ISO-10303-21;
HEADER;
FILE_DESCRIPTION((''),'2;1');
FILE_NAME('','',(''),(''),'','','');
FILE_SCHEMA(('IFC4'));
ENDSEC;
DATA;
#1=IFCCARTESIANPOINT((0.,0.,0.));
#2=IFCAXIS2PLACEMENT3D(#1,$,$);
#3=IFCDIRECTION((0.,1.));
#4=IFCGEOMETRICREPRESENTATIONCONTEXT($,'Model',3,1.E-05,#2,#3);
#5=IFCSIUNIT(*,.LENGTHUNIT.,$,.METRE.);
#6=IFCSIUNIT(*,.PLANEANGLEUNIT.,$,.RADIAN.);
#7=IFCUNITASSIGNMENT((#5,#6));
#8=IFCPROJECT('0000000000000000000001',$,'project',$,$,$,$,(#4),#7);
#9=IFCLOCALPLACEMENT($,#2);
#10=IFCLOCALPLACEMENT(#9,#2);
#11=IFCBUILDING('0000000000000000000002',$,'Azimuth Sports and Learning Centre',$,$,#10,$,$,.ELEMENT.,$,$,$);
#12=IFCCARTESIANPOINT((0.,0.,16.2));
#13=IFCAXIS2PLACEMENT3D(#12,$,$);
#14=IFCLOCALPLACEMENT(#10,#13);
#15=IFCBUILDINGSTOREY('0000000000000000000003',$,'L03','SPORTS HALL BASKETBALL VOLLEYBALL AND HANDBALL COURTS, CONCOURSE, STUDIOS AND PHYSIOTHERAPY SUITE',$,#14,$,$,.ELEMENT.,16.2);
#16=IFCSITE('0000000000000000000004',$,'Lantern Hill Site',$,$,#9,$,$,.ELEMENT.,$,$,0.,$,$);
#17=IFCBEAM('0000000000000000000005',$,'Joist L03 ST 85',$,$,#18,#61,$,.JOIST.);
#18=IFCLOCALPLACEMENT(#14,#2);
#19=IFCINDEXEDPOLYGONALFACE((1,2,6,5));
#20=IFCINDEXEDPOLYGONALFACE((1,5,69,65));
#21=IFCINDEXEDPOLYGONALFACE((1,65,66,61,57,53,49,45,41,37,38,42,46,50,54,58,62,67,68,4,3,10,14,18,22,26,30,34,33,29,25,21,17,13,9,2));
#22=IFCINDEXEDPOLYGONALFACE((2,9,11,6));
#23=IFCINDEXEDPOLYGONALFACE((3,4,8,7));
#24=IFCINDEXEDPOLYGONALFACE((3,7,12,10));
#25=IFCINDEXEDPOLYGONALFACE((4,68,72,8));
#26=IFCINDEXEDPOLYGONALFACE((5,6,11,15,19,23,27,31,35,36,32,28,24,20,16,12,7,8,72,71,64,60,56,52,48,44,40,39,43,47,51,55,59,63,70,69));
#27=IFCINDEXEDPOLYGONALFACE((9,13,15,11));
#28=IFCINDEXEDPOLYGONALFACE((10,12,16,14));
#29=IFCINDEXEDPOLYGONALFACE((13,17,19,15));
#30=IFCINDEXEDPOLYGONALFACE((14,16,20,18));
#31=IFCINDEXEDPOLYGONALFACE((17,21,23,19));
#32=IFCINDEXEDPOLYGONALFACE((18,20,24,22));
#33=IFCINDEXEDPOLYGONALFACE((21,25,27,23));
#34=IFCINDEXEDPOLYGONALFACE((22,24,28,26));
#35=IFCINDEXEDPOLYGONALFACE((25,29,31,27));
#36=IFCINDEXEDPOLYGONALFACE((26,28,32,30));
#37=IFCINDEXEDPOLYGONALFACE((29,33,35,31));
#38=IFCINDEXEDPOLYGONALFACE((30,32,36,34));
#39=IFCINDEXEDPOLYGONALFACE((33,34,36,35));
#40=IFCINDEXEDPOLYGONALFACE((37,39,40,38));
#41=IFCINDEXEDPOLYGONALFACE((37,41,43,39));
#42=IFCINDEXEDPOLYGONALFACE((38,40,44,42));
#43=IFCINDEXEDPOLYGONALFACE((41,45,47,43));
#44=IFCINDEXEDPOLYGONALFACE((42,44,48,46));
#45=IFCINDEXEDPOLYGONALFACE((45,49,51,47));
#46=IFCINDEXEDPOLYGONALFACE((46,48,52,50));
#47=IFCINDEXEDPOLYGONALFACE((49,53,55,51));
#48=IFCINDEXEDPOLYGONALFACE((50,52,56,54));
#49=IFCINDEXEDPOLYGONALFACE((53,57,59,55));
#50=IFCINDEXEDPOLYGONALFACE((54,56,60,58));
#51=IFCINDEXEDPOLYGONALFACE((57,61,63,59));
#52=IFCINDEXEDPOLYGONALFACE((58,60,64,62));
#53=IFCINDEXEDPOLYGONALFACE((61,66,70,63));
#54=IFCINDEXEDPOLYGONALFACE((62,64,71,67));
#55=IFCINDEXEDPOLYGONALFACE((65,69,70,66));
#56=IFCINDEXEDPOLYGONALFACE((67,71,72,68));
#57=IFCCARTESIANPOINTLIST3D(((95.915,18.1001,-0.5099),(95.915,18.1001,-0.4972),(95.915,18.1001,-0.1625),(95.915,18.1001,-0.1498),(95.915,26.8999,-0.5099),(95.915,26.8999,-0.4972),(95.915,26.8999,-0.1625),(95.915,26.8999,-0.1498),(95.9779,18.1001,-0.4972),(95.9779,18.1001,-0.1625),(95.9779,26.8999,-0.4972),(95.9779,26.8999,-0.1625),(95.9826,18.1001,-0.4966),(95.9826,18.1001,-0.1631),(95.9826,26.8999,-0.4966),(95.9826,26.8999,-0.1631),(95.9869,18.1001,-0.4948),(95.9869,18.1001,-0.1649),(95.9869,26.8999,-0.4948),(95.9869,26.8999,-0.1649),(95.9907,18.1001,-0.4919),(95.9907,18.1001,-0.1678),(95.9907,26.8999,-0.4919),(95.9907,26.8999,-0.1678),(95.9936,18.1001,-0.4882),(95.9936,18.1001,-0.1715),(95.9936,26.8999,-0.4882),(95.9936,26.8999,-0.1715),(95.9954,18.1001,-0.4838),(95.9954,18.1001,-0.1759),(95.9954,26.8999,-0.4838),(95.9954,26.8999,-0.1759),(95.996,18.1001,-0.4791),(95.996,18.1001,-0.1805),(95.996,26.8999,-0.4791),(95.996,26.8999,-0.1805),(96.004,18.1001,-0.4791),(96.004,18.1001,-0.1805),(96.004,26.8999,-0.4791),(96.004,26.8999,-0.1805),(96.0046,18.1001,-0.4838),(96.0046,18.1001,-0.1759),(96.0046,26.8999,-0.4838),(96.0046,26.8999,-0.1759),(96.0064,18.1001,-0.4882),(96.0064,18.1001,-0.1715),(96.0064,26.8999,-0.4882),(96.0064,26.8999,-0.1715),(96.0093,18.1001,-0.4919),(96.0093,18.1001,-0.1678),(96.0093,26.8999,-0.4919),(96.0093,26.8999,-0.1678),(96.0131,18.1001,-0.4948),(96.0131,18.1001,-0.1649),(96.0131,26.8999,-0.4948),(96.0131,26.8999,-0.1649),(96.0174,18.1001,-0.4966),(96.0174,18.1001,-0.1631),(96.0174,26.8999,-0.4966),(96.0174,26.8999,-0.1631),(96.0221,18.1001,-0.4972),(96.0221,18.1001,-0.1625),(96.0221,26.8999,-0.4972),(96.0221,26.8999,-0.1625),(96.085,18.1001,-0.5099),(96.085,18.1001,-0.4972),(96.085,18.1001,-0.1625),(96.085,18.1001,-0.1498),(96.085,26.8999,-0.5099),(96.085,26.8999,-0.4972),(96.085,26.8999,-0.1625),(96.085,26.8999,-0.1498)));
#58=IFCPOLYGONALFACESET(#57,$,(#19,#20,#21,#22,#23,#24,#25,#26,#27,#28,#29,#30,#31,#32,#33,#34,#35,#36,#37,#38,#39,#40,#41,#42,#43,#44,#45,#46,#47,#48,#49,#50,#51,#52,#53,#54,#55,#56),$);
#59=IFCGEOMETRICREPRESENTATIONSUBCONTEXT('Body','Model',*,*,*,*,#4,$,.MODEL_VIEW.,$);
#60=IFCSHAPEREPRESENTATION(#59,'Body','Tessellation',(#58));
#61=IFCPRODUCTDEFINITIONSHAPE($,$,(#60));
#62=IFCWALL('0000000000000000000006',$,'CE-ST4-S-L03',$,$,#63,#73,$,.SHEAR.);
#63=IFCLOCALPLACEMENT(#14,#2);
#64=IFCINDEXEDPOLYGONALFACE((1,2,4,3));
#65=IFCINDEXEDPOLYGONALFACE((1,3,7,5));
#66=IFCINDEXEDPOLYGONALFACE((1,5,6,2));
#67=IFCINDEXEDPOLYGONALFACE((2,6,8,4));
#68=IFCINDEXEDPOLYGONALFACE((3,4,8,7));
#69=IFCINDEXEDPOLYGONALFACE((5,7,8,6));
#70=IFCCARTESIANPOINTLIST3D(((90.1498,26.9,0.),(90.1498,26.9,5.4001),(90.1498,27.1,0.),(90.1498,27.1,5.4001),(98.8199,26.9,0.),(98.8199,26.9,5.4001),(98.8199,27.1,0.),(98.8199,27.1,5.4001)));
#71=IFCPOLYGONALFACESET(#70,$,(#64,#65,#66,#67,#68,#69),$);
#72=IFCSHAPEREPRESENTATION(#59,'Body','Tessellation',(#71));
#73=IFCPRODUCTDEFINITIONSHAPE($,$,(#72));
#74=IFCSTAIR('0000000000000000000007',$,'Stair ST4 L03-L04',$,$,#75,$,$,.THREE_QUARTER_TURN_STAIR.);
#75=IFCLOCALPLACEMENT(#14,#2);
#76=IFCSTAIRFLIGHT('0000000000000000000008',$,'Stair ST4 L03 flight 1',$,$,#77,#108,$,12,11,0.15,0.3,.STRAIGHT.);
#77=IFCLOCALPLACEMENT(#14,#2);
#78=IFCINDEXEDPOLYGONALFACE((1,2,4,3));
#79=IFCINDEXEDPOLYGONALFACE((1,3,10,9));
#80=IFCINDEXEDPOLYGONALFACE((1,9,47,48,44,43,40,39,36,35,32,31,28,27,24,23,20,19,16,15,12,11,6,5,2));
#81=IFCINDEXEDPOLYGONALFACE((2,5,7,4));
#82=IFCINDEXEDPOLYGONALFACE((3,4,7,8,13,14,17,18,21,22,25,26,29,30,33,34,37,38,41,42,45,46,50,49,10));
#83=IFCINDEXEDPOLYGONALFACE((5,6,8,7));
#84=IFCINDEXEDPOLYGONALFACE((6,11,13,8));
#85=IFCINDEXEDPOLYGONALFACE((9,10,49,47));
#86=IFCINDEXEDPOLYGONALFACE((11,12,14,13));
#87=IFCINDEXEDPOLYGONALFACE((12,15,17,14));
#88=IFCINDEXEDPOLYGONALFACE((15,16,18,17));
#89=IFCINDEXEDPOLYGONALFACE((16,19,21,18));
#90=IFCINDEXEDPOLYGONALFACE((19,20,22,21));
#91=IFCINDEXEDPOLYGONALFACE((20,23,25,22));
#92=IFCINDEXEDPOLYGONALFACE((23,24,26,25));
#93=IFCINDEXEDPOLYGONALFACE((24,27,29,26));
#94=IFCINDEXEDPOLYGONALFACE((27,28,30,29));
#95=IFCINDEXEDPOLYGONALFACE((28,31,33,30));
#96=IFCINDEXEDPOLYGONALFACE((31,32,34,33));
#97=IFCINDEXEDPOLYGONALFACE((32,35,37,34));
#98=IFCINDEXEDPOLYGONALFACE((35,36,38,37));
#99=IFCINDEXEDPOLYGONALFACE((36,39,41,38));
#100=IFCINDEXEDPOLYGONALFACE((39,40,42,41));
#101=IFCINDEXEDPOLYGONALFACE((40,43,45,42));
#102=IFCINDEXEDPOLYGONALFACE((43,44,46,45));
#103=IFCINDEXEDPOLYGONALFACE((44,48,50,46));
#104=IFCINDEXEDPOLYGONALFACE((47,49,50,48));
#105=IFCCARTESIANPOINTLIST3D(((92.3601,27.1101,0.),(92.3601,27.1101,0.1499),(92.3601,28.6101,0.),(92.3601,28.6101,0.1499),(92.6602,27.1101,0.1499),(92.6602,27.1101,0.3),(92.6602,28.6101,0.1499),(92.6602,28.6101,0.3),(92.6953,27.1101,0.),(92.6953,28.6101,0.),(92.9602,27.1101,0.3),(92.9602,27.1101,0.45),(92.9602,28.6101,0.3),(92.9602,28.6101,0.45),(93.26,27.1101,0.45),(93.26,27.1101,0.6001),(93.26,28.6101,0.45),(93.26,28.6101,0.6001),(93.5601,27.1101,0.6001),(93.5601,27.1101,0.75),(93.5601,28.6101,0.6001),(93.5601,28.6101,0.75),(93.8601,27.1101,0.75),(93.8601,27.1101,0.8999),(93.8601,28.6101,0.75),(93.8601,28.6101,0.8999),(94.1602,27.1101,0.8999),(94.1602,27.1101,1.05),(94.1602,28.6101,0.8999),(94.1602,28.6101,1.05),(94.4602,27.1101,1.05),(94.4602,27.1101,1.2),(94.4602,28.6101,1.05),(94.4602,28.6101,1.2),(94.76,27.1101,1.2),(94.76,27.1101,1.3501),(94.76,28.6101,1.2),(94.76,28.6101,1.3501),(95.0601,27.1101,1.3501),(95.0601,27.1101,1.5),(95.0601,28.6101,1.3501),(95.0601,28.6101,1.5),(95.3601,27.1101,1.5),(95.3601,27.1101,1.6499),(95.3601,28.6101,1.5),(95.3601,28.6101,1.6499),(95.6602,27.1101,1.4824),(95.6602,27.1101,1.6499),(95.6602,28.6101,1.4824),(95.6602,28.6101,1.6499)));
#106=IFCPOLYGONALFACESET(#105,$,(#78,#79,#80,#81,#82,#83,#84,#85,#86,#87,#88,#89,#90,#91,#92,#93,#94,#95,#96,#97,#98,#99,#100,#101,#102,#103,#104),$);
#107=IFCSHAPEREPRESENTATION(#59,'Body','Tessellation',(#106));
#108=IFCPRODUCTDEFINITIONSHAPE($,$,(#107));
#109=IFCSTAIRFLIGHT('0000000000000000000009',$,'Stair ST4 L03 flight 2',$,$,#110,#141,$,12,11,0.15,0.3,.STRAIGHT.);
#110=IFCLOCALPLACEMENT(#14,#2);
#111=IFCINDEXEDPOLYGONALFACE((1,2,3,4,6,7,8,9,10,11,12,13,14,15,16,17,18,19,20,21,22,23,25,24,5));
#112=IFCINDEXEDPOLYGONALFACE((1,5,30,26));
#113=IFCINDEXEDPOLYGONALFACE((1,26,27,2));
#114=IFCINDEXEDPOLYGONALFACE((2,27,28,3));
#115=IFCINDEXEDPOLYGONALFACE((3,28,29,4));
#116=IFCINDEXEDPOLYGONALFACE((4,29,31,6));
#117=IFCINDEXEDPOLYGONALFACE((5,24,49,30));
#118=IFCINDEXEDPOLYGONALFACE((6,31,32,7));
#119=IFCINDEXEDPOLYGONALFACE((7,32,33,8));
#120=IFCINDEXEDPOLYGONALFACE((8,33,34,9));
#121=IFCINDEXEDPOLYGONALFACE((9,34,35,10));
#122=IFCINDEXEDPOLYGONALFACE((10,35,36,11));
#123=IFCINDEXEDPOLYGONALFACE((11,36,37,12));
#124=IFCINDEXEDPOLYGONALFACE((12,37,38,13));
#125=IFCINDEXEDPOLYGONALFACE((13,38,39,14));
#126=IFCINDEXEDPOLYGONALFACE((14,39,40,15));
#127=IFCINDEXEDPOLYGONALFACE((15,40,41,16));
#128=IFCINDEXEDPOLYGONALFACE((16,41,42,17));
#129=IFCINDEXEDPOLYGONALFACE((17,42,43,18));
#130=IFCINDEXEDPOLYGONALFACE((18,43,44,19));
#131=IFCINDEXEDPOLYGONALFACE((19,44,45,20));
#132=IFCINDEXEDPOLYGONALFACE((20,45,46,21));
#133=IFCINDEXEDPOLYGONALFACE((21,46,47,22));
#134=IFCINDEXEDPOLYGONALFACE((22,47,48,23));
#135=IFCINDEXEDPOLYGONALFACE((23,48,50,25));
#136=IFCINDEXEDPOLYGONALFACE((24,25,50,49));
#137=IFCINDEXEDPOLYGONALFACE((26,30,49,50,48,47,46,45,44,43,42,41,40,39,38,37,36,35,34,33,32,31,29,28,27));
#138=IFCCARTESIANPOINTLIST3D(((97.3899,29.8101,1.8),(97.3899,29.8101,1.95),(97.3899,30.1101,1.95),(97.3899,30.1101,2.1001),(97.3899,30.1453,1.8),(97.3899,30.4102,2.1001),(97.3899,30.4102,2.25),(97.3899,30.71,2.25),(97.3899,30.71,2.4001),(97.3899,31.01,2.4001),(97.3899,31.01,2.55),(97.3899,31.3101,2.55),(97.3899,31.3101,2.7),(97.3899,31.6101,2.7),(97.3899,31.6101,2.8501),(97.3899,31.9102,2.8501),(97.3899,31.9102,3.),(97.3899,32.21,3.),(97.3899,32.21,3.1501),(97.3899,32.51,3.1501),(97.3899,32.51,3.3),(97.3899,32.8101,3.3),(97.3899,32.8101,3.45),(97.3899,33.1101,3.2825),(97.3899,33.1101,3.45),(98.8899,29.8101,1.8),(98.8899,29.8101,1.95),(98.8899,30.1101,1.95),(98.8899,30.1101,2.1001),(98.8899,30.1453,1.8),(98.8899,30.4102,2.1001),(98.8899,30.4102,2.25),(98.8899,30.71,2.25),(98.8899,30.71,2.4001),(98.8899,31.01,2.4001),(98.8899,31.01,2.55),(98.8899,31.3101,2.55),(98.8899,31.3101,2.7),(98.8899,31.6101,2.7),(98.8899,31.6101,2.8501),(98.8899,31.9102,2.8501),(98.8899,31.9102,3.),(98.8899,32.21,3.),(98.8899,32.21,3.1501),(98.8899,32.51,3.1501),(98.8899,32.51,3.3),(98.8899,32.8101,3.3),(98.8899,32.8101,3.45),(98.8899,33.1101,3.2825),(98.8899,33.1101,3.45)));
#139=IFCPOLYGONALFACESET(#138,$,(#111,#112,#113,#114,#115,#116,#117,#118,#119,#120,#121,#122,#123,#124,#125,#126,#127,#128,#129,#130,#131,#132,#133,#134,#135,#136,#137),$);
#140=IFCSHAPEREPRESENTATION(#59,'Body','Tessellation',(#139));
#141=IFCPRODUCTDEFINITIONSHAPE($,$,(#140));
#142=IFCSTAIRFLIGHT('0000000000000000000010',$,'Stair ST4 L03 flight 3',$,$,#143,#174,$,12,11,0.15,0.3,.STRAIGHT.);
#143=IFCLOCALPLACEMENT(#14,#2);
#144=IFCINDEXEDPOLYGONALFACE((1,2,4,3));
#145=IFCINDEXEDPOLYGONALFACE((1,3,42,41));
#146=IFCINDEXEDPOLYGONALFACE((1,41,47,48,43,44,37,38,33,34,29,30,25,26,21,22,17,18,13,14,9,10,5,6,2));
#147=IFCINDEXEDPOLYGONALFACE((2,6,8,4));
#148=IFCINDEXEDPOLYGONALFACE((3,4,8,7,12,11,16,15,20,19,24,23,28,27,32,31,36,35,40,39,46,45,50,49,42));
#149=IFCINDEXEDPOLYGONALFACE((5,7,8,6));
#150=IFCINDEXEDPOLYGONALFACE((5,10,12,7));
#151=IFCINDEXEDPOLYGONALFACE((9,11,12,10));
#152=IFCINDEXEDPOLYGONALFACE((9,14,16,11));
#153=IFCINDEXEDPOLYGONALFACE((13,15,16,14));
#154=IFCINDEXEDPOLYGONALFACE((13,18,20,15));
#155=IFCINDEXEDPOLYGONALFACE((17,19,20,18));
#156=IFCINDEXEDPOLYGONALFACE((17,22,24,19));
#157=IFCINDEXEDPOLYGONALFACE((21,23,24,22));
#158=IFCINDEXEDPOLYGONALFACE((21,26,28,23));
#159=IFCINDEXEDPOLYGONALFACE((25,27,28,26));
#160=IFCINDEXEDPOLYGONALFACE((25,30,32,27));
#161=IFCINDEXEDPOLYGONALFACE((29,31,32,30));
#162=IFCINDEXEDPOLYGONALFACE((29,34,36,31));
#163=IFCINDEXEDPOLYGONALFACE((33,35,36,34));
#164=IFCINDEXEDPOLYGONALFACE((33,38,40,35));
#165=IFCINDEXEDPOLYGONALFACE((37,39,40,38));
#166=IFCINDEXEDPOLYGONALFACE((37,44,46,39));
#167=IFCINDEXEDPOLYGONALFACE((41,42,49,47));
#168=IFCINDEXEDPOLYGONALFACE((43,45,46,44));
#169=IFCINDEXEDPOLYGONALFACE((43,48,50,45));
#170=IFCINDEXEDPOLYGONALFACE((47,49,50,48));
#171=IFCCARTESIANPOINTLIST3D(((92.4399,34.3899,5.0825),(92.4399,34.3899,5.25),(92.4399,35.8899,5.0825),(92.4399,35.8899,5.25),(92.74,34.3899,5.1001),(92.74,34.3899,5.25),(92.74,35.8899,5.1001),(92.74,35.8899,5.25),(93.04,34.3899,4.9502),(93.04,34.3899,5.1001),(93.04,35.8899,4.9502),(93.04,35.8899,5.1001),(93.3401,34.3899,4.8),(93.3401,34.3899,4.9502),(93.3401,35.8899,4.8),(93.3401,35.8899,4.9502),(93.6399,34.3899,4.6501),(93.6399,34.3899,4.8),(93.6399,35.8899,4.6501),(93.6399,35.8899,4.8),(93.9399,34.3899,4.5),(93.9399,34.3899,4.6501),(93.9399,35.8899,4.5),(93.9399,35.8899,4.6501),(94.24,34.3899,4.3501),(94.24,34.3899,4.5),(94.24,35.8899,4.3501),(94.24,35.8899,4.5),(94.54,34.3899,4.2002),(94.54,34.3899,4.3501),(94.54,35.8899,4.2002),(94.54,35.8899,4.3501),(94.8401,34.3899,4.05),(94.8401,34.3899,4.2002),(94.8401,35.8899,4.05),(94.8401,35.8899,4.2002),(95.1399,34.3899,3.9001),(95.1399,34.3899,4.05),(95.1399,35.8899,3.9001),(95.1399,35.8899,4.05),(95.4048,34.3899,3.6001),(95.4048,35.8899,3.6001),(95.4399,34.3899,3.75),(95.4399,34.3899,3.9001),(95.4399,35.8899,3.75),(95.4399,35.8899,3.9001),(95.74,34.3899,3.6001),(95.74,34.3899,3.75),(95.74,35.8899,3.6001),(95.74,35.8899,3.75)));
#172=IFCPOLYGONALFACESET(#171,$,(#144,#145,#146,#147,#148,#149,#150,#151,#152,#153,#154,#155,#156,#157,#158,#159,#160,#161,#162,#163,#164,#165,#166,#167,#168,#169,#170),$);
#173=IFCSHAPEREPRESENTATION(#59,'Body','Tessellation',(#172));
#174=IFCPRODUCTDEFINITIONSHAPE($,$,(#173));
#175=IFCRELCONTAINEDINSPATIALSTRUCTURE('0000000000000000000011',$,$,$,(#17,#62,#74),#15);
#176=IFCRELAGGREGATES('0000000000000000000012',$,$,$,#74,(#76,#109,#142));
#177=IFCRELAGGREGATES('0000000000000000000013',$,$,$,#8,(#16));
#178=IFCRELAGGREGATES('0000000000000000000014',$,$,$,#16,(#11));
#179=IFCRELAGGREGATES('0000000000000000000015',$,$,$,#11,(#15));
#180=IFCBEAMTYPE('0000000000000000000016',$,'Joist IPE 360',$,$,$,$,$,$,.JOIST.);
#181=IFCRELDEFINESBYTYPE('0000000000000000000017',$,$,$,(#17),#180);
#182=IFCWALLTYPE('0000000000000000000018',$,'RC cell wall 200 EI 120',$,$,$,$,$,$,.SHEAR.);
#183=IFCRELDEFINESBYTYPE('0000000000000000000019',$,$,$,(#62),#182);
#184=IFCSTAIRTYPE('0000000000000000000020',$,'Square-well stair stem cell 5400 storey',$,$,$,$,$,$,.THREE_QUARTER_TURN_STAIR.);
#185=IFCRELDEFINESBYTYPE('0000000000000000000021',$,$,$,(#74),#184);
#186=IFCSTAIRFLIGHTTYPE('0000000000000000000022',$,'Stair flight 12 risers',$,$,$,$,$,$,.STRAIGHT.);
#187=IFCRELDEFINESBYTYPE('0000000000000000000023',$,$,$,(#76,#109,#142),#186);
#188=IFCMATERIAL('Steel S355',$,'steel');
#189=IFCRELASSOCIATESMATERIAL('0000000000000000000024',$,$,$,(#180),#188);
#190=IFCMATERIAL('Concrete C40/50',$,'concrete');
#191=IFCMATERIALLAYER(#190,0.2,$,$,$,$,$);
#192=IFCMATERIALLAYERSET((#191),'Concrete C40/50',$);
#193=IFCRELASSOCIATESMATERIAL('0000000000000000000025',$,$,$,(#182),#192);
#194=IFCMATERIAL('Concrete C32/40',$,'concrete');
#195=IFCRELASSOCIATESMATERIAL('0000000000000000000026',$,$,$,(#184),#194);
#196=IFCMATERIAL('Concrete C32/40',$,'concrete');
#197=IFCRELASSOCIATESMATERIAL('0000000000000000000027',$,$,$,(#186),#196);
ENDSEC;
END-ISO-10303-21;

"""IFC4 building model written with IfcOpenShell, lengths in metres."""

from ifc_helpers import new_model, si_unit, direction, frame, frame_2d, origin, origin_2d, place, context, subcontext, project, spatial, polyline, rectangle, i_section, outline, extrude, material, layer, layer_set, material_profile, profile_set, type_object, element, aggregate, save


model = new_model("IFC4")

# Units and contexts
model_context = context("Model", 3, precision=1e-05, world=origin(), true_north=direction((0.0, 1.0)))
body_context = subcontext(model_context, "Body", "Model", "MODEL_VIEW")
ifc_project = project(units=[si_unit("LENGTHUNIT", "METRE"), si_unit("PLANEANGLEUNIT", "RADIAN")], contexts=[model_context])

# Site, building, storey
site_placement = place(None, origin())
site = spatial("IfcSite", under=ifc_project, at=site_placement, Name="Lantern Hill Site", CompositionType="ELEMENT", RefElevation=0.0)
building_placement = place(site_placement, origin())
building = spatial("IfcBuilding", under=site, at=building_placement, Name="Azimuth Sports and Learning Centre", CompositionType="ELEMENT")
storey_placement = place(building_placement, frame((0.0, 0.0, 16.2)))
storey = spatial("IfcBuildingStorey", under=building, at=storey_placement, Name="L03", Description="SPORTS HALL BASKETBALL VOLLEYBALL AND HANDBALL COURTS, CONCOURSE, STUDIOS AND PHYSIOTHERAPY SUITE", CompositionType="ELEMENT", Elevation=16.2)

# Beam
ifc_material_1 = material(Name="Steel S355", Category="steel")
ifc_material_profile_1 = material_profile(ifc_material_1, i_section(OverallWidth=0.1699, OverallDepth=0.3601, WebThickness=0.0081, FlangeThickness=0.0127, FilletRadius=0.0181, at=origin_2d()), Name="IPE 360")
ifc_profile_set_1 = profile_set([ifc_material_profile_1], Name="Steel S355")
beam_type_1 = type_object("IfcBeamType", Name="Joist IPE 360", PredefinedType="JOIST", material=ifc_profile_set_1)
beam_1_placement = place(storey_placement, frame((96.0, 18.1001, -0.3298), z_axis=(0.0, 1.0, 0.0), x_axis=(-1.0, 0.0, 0.0)))
element("IfcBeam", 1, at=beam_1_placement, inside=storey, type_object=beam_type_1, Name="Joist L03 ST 85", PredefinedType="JOIST", context=body_context, shape_type="SweptSolid", body=[
    extrude(i_section(OverallWidth=0.1699, OverallDepth=0.3601, WebThickness=0.0081, FlangeThickness=0.0127, FilletRadius=0.0181, at=origin_2d()), origin(), (0.0, 0.0, 1.0), 8.7998),
])

# Wall
ifc_material_2 = material(Name="Concrete C40/50", Category="concrete")
ifc_layer = layer(ifc_material_2, 0.2)
ifc_layer_set = layer_set([ifc_layer], Name="Concrete C40/50")
wall_type = type_object("IfcWallType", Name="RC cell wall 200 EI 120", PredefinedType="SHEAR", material=ifc_layer_set)
wall_placement = place(storey_placement, frame((90.1499, 27.0, 0.0), z_axis=(0.0, 0.0, 1.0), x_axis=(1.0, 0.0, 0.0)))
element("IfcWall", 2, at=wall_placement, inside=storey, type_object=wall_type, Name="CE-ST4-S-L03", PredefinedType="SHEAR", context=body_context, shape_type="SweptSolid", body=[
    extrude(rectangle(XDim=8.6702, YDim=0.2, at=frame_2d((4.335, 0.0))), origin(), (0.0, 0.0, 1.0), 5.4001),
])

# Stair, stair flights
ifc_material_3 = material(Name="Concrete C32/40", Category="concrete")
stair_type = type_object("IfcStairType", Name="Square-well stair stem cell 5400 storey", PredefinedType="THREE_QUARTER_TURN_STAIR", material=ifc_material_3)
stair_placement = place(storey_placement, origin())
stair = element("IfcStair", 3, at=stair_placement, inside=storey, type_object=stair_type, Name="Stair ST4 L03-L04", PredefinedType="THREE_QUARTER_TURN_STAIR")
ifc_material_4 = material(Name="Concrete C32/40", Category="concrete")
stair_flight_type = type_object("IfcStairFlightType", Name="Stair flight 12 risers", PredefinedType="STRAIGHT", material=ifc_material_4)
stair_flight_1_placement = place(storey_placement, frame((92.3601, 27.8601, 0.0), z_axis=(0.0, 0.0, 1.0), x_axis=(1.0, 0.0, 0.0)))
stair_flight_1 = element("IfcStairFlight", 4, at=stair_flight_1_placement, type_object=stair_flight_type, Name="Stair ST4 L03 flight 1", NumberOfRisers=12, NumberOfTreads=11, PredefinedType="STRAIGHT", RiserHeight=0.15, TreadLength=0.3, context=body_context, shape_type="SweptSolid", body=[
    extrude(outline(polyline([(0.0, 0.0), (0.0, 0.1499), (0.3, 0.1499), (0.3, 0.3), (0.6001, 0.3), (0.6001, 0.45), (0.8999, 0.45), (0.8999, 0.6001), (1.2, 0.6001), (1.2, 0.75), (1.5, 0.75), (1.5, 0.8999), (1.8, 0.8999), (1.8, 1.05), (2.1001, 1.05), (2.1001, 1.2), (2.3999, 1.2), (2.3999, 1.3501), (2.7, 1.3501), (2.7, 1.5), (3.0, 1.5), (3.0, 1.6499), (3.3, 1.6499), (3.3, 1.8), (3.3, 1.4824), (0.3352, 0.0), (0.0, 0.0)])), frame((0.0, 0.75, 0.0), z_axis=(0.0, -1.0, 0.0), x_axis=(1.0, 0.0, 0.0)), (0.0, 0.0, 1.0), 1.5),
])
stair_flight_2_placement = place(storey_placement, frame((98.1399, 29.8101, 1.8), z_axis=(0.0, 0.0, 1.0), x_axis=(0.0, 1.0, 0.0)))
stair_flight_2 = element("IfcStairFlight", 5, at=stair_flight_2_placement, type_object=stair_flight_type, Name="Stair ST4 L03 flight 2", NumberOfRisers=12, NumberOfTreads=11, PredefinedType="STRAIGHT", RiserHeight=0.15, TreadLength=0.3, context=body_context, shape_type="SweptSolid", body=[
    extrude(outline(polyline([(0.0, 0.0), (0.0, 0.1499), (0.3, 0.1499), (0.3, 0.3), (0.6001, 0.3), (0.6001, 0.45), (0.8999, 0.45), (0.8999, 0.6001), (1.2, 0.6001), (1.2, 0.75), (1.5, 0.75), (1.5, 0.8999), (1.8, 0.8999), (1.8, 1.05), (2.1001, 1.05), (2.1001, 1.2), (2.3999, 1.2), (2.3999, 1.3501), (2.7, 1.3501), (2.7, 1.5), (3.0, 1.5), (3.0, 1.6499), (3.3, 1.6499), (3.3, 1.8), (3.3, 1.4824), (0.3352, 0.0), (0.0, 0.0)])), frame((0.0, 0.75, 0.0), z_axis=(0.0, -1.0, 0.0), x_axis=(1.0, 0.0, 0.0)), (0.0, 0.0, 1.0), 1.5),
])
stair_flight_3_placement = place(storey_placement, frame((95.74, 35.1399, 3.6001), z_axis=(0.0, 0.0, 1.0), x_axis=(-1.0, 0.0, 0.0)))
stair_flight_3 = element("IfcStairFlight", 6, at=stair_flight_3_placement, type_object=stair_flight_type, Name="Stair ST4 L03 flight 3", NumberOfRisers=12, NumberOfTreads=11, PredefinedType="STRAIGHT", RiserHeight=0.15, TreadLength=0.3, context=body_context, shape_type="SweptSolid", body=[
    extrude(outline(polyline([(0.0, 0.0), (0.0, 0.1499), (0.3, 0.1499), (0.3, 0.3), (0.6001, 0.3), (0.6001, 0.45), (0.8999, 0.45), (0.8999, 0.6001), (1.2, 0.6001), (1.2, 0.75), (1.5, 0.75), (1.5, 0.8999), (1.8, 0.8999), (1.8, 1.05), (2.1001, 1.05), (2.1001, 1.2), (2.3999, 1.2), (2.3999, 1.3501), (2.7, 1.3501), (2.7, 1.5), (3.0, 1.5), (3.0, 1.6499), (3.3, 1.6499), (3.3, 1.8), (3.3, 1.4824), (0.3352, 0.0), (0.0, 0.0)])), frame((0.0, 0.75, 0.0), z_axis=(0.0, -1.0, 0.0), x_axis=(1.0, 0.0, 0.0)), (0.0, 0.0, 1.0), 1.5),
])
aggregate(stair, [stair_flight_1, stair_flight_2, stair_flight_3])

save(model, "model.ifc")
